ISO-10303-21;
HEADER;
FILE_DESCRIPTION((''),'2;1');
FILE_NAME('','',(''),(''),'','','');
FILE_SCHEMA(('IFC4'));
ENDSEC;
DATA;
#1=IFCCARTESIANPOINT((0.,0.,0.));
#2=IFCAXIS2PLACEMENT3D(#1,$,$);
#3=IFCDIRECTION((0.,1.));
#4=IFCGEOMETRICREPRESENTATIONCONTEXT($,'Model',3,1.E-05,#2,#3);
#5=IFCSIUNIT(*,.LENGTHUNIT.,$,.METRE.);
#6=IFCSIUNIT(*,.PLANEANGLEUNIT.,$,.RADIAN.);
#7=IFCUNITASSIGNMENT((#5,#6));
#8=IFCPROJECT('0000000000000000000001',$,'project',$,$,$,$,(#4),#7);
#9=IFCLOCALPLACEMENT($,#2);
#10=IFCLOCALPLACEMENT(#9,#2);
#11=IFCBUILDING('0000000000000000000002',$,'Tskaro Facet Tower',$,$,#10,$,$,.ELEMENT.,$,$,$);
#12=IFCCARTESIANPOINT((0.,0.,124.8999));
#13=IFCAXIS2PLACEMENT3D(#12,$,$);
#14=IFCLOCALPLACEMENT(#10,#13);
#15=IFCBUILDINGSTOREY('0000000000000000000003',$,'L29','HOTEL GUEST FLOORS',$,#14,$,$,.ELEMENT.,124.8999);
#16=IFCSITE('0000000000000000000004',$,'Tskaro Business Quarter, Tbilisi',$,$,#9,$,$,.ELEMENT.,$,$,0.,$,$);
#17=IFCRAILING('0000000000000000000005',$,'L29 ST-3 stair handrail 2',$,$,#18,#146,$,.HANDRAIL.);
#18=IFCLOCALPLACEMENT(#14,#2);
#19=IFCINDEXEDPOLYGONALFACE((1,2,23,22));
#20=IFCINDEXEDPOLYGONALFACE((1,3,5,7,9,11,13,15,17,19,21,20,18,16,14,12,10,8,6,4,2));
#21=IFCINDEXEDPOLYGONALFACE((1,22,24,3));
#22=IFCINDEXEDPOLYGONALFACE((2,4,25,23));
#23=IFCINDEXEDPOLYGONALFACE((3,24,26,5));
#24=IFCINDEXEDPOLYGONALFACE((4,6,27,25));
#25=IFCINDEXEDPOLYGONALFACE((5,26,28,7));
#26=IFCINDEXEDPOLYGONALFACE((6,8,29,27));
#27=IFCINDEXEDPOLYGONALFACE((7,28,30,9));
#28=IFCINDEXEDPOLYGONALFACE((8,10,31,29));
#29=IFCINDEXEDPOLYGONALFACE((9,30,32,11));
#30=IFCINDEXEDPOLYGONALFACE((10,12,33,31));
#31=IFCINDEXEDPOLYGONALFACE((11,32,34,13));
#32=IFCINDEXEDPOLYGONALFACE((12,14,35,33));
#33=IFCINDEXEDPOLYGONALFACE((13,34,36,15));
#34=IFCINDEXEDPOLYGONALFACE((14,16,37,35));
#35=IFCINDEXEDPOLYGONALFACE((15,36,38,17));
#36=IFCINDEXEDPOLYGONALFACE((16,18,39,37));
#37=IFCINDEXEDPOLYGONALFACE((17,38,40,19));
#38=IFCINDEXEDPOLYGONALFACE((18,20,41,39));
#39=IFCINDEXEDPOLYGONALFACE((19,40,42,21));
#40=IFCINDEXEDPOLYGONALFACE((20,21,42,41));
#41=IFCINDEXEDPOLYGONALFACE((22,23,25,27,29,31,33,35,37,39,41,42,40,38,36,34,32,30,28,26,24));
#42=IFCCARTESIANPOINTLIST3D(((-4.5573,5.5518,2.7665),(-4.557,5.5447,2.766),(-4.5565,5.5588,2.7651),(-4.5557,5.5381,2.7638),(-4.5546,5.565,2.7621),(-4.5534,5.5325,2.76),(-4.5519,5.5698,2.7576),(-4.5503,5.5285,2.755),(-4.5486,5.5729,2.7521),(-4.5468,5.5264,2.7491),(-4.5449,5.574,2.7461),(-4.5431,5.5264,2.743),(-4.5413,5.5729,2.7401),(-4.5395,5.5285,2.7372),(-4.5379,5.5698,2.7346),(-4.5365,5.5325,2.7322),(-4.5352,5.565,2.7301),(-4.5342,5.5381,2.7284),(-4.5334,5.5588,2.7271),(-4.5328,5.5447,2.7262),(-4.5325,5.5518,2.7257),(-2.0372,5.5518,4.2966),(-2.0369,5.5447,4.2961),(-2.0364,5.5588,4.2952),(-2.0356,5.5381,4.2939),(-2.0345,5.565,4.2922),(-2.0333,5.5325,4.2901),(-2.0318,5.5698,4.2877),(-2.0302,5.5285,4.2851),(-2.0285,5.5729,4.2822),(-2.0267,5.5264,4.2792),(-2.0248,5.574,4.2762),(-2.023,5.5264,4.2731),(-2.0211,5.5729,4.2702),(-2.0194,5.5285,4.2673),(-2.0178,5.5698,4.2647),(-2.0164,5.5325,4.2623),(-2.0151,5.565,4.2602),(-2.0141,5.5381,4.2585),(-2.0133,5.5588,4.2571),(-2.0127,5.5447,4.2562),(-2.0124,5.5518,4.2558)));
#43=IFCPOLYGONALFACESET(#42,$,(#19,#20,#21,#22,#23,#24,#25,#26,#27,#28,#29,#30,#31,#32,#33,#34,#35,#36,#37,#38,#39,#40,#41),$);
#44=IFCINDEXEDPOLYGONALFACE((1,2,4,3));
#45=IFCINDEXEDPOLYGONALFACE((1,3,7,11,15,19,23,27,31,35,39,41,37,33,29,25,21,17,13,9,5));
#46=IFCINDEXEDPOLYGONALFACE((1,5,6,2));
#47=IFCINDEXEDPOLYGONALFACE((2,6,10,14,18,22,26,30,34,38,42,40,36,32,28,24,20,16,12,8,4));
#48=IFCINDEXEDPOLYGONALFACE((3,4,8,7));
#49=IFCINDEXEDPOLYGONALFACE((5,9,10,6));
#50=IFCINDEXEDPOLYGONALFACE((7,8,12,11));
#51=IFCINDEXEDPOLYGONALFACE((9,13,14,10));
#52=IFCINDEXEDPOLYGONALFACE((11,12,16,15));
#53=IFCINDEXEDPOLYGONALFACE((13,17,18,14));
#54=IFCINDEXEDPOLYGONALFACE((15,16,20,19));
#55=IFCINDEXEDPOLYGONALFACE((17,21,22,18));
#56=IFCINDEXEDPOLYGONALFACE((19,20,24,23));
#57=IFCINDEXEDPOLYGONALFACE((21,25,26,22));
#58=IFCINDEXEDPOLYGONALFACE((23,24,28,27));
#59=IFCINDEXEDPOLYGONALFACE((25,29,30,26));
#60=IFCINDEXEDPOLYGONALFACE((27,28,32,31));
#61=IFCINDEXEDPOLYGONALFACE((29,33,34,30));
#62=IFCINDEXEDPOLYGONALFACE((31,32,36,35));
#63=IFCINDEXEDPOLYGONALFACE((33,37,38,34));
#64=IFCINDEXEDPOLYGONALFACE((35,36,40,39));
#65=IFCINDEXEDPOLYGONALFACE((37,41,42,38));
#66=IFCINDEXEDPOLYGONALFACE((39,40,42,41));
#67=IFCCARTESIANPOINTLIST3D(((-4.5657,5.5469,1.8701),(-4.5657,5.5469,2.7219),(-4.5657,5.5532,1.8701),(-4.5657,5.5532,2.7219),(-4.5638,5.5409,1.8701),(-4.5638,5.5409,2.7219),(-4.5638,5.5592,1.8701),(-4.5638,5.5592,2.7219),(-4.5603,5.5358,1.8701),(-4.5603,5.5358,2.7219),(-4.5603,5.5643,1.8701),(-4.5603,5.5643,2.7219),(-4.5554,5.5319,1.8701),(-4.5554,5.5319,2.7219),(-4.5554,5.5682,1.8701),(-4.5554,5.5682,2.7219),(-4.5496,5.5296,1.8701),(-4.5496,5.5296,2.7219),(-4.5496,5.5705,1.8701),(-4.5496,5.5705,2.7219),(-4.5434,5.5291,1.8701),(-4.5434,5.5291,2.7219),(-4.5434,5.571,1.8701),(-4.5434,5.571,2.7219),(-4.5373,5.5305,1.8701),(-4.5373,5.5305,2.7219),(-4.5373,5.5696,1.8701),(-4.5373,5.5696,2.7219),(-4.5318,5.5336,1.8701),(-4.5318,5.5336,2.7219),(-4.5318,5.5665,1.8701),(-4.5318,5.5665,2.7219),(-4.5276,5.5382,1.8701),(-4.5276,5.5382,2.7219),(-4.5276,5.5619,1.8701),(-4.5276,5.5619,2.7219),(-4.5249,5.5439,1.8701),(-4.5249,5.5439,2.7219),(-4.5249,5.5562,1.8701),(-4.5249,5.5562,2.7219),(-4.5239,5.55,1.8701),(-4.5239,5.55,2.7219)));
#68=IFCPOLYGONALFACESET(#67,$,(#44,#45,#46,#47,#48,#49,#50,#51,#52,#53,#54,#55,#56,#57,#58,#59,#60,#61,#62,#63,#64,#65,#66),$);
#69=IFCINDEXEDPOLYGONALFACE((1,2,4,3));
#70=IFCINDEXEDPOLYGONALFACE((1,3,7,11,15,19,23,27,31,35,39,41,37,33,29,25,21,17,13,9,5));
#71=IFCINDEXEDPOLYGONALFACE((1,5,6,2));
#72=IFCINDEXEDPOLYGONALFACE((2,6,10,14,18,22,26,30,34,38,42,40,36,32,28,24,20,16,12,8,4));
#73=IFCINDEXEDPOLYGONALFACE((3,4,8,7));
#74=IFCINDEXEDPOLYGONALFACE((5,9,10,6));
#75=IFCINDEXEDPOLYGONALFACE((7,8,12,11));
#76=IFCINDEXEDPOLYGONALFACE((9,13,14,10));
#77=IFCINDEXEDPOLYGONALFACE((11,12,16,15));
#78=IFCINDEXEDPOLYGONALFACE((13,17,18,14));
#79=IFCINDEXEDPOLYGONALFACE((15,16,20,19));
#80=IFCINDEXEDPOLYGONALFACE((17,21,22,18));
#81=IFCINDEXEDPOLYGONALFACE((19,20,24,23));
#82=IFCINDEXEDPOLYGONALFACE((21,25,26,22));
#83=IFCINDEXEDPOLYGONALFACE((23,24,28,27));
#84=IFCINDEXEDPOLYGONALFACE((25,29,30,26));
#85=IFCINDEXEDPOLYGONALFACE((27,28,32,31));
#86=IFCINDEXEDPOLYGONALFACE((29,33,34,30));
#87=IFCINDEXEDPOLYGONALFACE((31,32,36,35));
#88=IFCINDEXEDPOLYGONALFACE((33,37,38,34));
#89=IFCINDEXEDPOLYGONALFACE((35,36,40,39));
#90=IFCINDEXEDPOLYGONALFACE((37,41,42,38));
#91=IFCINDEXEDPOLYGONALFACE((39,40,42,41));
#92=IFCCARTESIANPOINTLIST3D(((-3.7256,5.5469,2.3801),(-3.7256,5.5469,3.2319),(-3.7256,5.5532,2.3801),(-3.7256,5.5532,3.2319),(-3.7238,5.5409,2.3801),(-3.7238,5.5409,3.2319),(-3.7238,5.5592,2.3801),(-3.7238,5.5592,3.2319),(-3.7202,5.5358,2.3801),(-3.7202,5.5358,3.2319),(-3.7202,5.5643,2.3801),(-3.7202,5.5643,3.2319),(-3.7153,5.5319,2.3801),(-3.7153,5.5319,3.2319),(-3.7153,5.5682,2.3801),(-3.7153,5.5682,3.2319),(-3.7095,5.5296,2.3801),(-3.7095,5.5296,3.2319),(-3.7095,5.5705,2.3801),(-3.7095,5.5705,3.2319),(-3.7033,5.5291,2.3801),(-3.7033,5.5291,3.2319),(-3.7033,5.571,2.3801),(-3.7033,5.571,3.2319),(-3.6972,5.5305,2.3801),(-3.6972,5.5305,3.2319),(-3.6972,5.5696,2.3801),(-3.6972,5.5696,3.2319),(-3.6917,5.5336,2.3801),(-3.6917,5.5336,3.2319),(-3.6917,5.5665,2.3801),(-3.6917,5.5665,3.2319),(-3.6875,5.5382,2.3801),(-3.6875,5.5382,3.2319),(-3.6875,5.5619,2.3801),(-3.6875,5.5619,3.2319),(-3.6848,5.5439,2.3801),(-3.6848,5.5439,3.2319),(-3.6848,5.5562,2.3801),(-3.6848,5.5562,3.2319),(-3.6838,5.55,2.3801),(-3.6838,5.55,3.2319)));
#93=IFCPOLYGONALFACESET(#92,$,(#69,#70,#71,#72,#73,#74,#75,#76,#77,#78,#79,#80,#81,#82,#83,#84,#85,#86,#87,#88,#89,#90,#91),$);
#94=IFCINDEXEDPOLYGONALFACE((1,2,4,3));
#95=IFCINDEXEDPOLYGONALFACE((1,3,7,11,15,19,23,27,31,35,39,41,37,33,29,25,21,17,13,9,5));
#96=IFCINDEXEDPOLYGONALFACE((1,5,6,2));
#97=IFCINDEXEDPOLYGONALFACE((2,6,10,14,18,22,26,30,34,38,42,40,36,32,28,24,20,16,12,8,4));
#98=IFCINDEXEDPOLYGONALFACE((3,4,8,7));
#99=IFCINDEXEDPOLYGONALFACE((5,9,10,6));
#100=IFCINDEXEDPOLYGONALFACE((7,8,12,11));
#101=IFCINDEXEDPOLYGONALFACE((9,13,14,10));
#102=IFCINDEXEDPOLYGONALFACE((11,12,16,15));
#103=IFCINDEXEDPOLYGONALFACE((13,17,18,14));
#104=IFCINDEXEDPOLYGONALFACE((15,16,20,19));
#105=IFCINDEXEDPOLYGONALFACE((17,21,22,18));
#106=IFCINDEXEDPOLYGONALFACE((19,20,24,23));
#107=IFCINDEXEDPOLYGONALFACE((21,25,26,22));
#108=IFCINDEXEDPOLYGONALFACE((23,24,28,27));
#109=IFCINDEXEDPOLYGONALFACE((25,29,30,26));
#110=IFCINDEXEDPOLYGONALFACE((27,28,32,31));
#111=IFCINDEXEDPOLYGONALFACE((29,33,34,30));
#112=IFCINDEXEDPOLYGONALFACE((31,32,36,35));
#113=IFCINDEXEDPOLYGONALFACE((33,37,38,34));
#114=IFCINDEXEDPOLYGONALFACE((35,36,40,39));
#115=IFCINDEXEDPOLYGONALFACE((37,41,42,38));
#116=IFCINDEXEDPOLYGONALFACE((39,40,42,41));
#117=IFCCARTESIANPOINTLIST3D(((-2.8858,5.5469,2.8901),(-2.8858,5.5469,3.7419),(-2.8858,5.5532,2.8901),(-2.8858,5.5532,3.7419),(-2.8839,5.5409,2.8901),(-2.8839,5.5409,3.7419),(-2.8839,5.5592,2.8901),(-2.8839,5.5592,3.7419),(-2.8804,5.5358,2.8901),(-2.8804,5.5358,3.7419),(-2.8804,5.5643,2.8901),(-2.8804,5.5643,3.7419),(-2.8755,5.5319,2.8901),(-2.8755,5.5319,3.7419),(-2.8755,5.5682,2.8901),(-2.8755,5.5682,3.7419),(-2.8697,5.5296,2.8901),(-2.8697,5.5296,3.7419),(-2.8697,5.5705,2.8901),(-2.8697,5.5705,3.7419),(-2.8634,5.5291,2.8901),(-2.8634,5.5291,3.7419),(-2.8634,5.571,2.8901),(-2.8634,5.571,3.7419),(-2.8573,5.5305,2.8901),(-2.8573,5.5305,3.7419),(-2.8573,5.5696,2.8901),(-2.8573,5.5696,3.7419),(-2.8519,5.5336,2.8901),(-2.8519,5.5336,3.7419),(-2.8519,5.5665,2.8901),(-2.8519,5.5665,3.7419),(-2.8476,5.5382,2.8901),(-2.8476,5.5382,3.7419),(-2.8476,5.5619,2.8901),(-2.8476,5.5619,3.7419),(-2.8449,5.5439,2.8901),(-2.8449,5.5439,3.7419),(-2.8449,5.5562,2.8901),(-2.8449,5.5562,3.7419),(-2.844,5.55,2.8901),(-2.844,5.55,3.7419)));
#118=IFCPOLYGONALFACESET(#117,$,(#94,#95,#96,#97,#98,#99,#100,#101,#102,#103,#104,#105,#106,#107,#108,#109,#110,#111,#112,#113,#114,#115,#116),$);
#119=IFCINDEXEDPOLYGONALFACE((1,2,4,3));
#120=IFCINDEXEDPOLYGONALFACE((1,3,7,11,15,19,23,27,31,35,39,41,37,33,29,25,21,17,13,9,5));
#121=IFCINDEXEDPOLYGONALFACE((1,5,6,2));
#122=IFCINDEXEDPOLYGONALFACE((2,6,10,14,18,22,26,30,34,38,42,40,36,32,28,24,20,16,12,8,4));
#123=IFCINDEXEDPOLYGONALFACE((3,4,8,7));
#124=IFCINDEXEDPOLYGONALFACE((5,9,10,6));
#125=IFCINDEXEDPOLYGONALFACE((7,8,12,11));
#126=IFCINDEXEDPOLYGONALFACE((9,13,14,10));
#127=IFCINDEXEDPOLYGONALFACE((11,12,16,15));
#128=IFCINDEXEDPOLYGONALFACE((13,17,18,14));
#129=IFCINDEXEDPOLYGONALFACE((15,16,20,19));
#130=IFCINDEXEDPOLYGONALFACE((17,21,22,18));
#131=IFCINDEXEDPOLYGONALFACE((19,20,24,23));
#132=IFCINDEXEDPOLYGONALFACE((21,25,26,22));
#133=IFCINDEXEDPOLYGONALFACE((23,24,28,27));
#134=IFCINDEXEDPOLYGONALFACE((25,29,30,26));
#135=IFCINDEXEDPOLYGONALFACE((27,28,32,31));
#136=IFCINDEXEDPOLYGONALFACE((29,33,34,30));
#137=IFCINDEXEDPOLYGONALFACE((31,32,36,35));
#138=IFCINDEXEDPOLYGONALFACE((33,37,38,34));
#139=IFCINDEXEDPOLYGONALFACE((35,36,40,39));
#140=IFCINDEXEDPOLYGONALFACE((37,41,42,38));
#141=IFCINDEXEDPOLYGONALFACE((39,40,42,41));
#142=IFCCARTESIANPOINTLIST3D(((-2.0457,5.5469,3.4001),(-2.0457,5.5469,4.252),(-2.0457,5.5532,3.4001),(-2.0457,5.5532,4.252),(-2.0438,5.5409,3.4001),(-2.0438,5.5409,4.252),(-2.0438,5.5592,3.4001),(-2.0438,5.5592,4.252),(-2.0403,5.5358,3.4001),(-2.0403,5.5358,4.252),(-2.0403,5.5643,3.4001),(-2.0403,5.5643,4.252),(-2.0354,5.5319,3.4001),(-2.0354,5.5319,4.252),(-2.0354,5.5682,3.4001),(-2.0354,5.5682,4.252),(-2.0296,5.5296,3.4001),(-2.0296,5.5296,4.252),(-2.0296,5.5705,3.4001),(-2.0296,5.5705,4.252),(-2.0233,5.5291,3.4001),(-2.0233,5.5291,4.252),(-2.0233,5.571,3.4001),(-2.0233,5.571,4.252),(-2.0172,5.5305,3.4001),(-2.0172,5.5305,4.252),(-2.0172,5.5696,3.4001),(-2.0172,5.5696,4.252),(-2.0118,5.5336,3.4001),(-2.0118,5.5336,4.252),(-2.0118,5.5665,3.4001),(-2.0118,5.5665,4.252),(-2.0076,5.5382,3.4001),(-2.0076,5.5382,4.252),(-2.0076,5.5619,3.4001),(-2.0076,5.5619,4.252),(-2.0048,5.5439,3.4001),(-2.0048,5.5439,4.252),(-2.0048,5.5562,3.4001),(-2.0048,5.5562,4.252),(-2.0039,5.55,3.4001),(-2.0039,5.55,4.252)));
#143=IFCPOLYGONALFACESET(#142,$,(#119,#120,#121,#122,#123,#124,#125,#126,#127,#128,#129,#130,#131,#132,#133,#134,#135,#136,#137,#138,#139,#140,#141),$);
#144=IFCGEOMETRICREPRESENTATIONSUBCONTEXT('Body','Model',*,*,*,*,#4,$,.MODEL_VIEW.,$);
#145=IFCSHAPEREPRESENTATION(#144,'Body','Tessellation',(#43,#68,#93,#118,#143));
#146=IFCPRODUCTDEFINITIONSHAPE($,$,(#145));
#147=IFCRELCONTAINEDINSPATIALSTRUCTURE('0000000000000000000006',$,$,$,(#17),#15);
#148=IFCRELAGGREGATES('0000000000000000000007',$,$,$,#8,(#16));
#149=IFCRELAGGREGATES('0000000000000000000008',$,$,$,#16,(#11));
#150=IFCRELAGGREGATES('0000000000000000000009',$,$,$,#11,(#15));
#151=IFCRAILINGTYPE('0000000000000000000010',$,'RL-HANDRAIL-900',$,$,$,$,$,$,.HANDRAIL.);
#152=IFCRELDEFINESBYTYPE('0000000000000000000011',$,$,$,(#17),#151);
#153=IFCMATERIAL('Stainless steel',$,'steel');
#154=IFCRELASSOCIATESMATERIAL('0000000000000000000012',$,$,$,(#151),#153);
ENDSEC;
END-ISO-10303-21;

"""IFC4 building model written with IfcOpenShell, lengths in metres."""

from ifc_helpers import new_model, si_unit, direction, frame, origin, origin_2d, place, context, subcontext, project, spatial, circle, extrude, material, type_object, element, save


model = new_model("IFC4")

# Units and contexts
model_context = context("Model", 3, precision=1e-05, world=origin(), true_north=direction((0.0, 1.0)))
body_context = subcontext(model_context, "Body", "Model", "MODEL_VIEW")
ifc_project = project(units=[si_unit("LENGTHUNIT", "METRE"), si_unit("PLANEANGLEUNIT", "RADIAN")], contexts=[model_context])

# Site, building, storey
site_placement = place(None, origin())
site = spatial("IfcSite", under=ifc_project, at=site_placement, Name="Tskaro Business Quarter, Tbilisi", CompositionType="ELEMENT", RefElevation=0.0)
building_placement = place(site_placement, origin())
building = spatial("IfcBuilding", under=site, at=building_placement, Name="Tskaro Facet Tower", CompositionType="ELEMENT")
storey_placement = place(building_placement, frame((0.0, 0.0, 124.8999)))
storey = spatial("IfcBuildingStorey", under=building, at=storey_placement, Name="L29", Description="HOTEL GUEST FLOORS", CompositionType="ELEMENT", Elevation=124.8999)

# Railing
ifc_material_1 = material(Name="Stainless steel", Category="steel")
railing_type_1 = type_object("IfcRailingType", Name="RL-HANDRAIL-900", PredefinedType="HANDRAIL", material=ifc_material_1)
railing_1_placement = place(storey_placement, frame((-4.5449, 5.55, 1.8701)))
element("IfcRailing", 1, at=railing_1_placement, inside=storey, type_object=railing_type_1, Name="L29 ST-3 stair handrail 2", PredefinedType="HANDRAIL", context=body_context, shape_type="SweptSolid", body=[
    extrude(circle(Radius=0.0239, at=origin_2d()), frame((0.0, 0.0, 0.876), z_axis=(0.854785, 0.0, 0.518982), x_axis=(0.0, 1.0, 0.0)), (0.0, 0.0, 1.0), 2.9482),
    extrude(circle(Radius=0.021, at=origin_2d()), origin(), (0.0, 0.0, 1.0), 0.8518),
    extrude(circle(Radius=0.021, at=origin_2d()), frame((0.8401, 0.0, 0.51)), (0.0, 0.0, 1.0), 0.8518),
    extrude(circle(Radius=0.021, at=origin_2d()), frame((1.6799, 0.0, 1.02)), (0.0, 0.0, 1.0), 0.8518),
    extrude(circle(Radius=0.021, at=origin_2d()), frame((2.52, 0.0, 1.53)), (0.0, 0.0, 1.0), 0.8518),
])

save(model, "model.ifc")
